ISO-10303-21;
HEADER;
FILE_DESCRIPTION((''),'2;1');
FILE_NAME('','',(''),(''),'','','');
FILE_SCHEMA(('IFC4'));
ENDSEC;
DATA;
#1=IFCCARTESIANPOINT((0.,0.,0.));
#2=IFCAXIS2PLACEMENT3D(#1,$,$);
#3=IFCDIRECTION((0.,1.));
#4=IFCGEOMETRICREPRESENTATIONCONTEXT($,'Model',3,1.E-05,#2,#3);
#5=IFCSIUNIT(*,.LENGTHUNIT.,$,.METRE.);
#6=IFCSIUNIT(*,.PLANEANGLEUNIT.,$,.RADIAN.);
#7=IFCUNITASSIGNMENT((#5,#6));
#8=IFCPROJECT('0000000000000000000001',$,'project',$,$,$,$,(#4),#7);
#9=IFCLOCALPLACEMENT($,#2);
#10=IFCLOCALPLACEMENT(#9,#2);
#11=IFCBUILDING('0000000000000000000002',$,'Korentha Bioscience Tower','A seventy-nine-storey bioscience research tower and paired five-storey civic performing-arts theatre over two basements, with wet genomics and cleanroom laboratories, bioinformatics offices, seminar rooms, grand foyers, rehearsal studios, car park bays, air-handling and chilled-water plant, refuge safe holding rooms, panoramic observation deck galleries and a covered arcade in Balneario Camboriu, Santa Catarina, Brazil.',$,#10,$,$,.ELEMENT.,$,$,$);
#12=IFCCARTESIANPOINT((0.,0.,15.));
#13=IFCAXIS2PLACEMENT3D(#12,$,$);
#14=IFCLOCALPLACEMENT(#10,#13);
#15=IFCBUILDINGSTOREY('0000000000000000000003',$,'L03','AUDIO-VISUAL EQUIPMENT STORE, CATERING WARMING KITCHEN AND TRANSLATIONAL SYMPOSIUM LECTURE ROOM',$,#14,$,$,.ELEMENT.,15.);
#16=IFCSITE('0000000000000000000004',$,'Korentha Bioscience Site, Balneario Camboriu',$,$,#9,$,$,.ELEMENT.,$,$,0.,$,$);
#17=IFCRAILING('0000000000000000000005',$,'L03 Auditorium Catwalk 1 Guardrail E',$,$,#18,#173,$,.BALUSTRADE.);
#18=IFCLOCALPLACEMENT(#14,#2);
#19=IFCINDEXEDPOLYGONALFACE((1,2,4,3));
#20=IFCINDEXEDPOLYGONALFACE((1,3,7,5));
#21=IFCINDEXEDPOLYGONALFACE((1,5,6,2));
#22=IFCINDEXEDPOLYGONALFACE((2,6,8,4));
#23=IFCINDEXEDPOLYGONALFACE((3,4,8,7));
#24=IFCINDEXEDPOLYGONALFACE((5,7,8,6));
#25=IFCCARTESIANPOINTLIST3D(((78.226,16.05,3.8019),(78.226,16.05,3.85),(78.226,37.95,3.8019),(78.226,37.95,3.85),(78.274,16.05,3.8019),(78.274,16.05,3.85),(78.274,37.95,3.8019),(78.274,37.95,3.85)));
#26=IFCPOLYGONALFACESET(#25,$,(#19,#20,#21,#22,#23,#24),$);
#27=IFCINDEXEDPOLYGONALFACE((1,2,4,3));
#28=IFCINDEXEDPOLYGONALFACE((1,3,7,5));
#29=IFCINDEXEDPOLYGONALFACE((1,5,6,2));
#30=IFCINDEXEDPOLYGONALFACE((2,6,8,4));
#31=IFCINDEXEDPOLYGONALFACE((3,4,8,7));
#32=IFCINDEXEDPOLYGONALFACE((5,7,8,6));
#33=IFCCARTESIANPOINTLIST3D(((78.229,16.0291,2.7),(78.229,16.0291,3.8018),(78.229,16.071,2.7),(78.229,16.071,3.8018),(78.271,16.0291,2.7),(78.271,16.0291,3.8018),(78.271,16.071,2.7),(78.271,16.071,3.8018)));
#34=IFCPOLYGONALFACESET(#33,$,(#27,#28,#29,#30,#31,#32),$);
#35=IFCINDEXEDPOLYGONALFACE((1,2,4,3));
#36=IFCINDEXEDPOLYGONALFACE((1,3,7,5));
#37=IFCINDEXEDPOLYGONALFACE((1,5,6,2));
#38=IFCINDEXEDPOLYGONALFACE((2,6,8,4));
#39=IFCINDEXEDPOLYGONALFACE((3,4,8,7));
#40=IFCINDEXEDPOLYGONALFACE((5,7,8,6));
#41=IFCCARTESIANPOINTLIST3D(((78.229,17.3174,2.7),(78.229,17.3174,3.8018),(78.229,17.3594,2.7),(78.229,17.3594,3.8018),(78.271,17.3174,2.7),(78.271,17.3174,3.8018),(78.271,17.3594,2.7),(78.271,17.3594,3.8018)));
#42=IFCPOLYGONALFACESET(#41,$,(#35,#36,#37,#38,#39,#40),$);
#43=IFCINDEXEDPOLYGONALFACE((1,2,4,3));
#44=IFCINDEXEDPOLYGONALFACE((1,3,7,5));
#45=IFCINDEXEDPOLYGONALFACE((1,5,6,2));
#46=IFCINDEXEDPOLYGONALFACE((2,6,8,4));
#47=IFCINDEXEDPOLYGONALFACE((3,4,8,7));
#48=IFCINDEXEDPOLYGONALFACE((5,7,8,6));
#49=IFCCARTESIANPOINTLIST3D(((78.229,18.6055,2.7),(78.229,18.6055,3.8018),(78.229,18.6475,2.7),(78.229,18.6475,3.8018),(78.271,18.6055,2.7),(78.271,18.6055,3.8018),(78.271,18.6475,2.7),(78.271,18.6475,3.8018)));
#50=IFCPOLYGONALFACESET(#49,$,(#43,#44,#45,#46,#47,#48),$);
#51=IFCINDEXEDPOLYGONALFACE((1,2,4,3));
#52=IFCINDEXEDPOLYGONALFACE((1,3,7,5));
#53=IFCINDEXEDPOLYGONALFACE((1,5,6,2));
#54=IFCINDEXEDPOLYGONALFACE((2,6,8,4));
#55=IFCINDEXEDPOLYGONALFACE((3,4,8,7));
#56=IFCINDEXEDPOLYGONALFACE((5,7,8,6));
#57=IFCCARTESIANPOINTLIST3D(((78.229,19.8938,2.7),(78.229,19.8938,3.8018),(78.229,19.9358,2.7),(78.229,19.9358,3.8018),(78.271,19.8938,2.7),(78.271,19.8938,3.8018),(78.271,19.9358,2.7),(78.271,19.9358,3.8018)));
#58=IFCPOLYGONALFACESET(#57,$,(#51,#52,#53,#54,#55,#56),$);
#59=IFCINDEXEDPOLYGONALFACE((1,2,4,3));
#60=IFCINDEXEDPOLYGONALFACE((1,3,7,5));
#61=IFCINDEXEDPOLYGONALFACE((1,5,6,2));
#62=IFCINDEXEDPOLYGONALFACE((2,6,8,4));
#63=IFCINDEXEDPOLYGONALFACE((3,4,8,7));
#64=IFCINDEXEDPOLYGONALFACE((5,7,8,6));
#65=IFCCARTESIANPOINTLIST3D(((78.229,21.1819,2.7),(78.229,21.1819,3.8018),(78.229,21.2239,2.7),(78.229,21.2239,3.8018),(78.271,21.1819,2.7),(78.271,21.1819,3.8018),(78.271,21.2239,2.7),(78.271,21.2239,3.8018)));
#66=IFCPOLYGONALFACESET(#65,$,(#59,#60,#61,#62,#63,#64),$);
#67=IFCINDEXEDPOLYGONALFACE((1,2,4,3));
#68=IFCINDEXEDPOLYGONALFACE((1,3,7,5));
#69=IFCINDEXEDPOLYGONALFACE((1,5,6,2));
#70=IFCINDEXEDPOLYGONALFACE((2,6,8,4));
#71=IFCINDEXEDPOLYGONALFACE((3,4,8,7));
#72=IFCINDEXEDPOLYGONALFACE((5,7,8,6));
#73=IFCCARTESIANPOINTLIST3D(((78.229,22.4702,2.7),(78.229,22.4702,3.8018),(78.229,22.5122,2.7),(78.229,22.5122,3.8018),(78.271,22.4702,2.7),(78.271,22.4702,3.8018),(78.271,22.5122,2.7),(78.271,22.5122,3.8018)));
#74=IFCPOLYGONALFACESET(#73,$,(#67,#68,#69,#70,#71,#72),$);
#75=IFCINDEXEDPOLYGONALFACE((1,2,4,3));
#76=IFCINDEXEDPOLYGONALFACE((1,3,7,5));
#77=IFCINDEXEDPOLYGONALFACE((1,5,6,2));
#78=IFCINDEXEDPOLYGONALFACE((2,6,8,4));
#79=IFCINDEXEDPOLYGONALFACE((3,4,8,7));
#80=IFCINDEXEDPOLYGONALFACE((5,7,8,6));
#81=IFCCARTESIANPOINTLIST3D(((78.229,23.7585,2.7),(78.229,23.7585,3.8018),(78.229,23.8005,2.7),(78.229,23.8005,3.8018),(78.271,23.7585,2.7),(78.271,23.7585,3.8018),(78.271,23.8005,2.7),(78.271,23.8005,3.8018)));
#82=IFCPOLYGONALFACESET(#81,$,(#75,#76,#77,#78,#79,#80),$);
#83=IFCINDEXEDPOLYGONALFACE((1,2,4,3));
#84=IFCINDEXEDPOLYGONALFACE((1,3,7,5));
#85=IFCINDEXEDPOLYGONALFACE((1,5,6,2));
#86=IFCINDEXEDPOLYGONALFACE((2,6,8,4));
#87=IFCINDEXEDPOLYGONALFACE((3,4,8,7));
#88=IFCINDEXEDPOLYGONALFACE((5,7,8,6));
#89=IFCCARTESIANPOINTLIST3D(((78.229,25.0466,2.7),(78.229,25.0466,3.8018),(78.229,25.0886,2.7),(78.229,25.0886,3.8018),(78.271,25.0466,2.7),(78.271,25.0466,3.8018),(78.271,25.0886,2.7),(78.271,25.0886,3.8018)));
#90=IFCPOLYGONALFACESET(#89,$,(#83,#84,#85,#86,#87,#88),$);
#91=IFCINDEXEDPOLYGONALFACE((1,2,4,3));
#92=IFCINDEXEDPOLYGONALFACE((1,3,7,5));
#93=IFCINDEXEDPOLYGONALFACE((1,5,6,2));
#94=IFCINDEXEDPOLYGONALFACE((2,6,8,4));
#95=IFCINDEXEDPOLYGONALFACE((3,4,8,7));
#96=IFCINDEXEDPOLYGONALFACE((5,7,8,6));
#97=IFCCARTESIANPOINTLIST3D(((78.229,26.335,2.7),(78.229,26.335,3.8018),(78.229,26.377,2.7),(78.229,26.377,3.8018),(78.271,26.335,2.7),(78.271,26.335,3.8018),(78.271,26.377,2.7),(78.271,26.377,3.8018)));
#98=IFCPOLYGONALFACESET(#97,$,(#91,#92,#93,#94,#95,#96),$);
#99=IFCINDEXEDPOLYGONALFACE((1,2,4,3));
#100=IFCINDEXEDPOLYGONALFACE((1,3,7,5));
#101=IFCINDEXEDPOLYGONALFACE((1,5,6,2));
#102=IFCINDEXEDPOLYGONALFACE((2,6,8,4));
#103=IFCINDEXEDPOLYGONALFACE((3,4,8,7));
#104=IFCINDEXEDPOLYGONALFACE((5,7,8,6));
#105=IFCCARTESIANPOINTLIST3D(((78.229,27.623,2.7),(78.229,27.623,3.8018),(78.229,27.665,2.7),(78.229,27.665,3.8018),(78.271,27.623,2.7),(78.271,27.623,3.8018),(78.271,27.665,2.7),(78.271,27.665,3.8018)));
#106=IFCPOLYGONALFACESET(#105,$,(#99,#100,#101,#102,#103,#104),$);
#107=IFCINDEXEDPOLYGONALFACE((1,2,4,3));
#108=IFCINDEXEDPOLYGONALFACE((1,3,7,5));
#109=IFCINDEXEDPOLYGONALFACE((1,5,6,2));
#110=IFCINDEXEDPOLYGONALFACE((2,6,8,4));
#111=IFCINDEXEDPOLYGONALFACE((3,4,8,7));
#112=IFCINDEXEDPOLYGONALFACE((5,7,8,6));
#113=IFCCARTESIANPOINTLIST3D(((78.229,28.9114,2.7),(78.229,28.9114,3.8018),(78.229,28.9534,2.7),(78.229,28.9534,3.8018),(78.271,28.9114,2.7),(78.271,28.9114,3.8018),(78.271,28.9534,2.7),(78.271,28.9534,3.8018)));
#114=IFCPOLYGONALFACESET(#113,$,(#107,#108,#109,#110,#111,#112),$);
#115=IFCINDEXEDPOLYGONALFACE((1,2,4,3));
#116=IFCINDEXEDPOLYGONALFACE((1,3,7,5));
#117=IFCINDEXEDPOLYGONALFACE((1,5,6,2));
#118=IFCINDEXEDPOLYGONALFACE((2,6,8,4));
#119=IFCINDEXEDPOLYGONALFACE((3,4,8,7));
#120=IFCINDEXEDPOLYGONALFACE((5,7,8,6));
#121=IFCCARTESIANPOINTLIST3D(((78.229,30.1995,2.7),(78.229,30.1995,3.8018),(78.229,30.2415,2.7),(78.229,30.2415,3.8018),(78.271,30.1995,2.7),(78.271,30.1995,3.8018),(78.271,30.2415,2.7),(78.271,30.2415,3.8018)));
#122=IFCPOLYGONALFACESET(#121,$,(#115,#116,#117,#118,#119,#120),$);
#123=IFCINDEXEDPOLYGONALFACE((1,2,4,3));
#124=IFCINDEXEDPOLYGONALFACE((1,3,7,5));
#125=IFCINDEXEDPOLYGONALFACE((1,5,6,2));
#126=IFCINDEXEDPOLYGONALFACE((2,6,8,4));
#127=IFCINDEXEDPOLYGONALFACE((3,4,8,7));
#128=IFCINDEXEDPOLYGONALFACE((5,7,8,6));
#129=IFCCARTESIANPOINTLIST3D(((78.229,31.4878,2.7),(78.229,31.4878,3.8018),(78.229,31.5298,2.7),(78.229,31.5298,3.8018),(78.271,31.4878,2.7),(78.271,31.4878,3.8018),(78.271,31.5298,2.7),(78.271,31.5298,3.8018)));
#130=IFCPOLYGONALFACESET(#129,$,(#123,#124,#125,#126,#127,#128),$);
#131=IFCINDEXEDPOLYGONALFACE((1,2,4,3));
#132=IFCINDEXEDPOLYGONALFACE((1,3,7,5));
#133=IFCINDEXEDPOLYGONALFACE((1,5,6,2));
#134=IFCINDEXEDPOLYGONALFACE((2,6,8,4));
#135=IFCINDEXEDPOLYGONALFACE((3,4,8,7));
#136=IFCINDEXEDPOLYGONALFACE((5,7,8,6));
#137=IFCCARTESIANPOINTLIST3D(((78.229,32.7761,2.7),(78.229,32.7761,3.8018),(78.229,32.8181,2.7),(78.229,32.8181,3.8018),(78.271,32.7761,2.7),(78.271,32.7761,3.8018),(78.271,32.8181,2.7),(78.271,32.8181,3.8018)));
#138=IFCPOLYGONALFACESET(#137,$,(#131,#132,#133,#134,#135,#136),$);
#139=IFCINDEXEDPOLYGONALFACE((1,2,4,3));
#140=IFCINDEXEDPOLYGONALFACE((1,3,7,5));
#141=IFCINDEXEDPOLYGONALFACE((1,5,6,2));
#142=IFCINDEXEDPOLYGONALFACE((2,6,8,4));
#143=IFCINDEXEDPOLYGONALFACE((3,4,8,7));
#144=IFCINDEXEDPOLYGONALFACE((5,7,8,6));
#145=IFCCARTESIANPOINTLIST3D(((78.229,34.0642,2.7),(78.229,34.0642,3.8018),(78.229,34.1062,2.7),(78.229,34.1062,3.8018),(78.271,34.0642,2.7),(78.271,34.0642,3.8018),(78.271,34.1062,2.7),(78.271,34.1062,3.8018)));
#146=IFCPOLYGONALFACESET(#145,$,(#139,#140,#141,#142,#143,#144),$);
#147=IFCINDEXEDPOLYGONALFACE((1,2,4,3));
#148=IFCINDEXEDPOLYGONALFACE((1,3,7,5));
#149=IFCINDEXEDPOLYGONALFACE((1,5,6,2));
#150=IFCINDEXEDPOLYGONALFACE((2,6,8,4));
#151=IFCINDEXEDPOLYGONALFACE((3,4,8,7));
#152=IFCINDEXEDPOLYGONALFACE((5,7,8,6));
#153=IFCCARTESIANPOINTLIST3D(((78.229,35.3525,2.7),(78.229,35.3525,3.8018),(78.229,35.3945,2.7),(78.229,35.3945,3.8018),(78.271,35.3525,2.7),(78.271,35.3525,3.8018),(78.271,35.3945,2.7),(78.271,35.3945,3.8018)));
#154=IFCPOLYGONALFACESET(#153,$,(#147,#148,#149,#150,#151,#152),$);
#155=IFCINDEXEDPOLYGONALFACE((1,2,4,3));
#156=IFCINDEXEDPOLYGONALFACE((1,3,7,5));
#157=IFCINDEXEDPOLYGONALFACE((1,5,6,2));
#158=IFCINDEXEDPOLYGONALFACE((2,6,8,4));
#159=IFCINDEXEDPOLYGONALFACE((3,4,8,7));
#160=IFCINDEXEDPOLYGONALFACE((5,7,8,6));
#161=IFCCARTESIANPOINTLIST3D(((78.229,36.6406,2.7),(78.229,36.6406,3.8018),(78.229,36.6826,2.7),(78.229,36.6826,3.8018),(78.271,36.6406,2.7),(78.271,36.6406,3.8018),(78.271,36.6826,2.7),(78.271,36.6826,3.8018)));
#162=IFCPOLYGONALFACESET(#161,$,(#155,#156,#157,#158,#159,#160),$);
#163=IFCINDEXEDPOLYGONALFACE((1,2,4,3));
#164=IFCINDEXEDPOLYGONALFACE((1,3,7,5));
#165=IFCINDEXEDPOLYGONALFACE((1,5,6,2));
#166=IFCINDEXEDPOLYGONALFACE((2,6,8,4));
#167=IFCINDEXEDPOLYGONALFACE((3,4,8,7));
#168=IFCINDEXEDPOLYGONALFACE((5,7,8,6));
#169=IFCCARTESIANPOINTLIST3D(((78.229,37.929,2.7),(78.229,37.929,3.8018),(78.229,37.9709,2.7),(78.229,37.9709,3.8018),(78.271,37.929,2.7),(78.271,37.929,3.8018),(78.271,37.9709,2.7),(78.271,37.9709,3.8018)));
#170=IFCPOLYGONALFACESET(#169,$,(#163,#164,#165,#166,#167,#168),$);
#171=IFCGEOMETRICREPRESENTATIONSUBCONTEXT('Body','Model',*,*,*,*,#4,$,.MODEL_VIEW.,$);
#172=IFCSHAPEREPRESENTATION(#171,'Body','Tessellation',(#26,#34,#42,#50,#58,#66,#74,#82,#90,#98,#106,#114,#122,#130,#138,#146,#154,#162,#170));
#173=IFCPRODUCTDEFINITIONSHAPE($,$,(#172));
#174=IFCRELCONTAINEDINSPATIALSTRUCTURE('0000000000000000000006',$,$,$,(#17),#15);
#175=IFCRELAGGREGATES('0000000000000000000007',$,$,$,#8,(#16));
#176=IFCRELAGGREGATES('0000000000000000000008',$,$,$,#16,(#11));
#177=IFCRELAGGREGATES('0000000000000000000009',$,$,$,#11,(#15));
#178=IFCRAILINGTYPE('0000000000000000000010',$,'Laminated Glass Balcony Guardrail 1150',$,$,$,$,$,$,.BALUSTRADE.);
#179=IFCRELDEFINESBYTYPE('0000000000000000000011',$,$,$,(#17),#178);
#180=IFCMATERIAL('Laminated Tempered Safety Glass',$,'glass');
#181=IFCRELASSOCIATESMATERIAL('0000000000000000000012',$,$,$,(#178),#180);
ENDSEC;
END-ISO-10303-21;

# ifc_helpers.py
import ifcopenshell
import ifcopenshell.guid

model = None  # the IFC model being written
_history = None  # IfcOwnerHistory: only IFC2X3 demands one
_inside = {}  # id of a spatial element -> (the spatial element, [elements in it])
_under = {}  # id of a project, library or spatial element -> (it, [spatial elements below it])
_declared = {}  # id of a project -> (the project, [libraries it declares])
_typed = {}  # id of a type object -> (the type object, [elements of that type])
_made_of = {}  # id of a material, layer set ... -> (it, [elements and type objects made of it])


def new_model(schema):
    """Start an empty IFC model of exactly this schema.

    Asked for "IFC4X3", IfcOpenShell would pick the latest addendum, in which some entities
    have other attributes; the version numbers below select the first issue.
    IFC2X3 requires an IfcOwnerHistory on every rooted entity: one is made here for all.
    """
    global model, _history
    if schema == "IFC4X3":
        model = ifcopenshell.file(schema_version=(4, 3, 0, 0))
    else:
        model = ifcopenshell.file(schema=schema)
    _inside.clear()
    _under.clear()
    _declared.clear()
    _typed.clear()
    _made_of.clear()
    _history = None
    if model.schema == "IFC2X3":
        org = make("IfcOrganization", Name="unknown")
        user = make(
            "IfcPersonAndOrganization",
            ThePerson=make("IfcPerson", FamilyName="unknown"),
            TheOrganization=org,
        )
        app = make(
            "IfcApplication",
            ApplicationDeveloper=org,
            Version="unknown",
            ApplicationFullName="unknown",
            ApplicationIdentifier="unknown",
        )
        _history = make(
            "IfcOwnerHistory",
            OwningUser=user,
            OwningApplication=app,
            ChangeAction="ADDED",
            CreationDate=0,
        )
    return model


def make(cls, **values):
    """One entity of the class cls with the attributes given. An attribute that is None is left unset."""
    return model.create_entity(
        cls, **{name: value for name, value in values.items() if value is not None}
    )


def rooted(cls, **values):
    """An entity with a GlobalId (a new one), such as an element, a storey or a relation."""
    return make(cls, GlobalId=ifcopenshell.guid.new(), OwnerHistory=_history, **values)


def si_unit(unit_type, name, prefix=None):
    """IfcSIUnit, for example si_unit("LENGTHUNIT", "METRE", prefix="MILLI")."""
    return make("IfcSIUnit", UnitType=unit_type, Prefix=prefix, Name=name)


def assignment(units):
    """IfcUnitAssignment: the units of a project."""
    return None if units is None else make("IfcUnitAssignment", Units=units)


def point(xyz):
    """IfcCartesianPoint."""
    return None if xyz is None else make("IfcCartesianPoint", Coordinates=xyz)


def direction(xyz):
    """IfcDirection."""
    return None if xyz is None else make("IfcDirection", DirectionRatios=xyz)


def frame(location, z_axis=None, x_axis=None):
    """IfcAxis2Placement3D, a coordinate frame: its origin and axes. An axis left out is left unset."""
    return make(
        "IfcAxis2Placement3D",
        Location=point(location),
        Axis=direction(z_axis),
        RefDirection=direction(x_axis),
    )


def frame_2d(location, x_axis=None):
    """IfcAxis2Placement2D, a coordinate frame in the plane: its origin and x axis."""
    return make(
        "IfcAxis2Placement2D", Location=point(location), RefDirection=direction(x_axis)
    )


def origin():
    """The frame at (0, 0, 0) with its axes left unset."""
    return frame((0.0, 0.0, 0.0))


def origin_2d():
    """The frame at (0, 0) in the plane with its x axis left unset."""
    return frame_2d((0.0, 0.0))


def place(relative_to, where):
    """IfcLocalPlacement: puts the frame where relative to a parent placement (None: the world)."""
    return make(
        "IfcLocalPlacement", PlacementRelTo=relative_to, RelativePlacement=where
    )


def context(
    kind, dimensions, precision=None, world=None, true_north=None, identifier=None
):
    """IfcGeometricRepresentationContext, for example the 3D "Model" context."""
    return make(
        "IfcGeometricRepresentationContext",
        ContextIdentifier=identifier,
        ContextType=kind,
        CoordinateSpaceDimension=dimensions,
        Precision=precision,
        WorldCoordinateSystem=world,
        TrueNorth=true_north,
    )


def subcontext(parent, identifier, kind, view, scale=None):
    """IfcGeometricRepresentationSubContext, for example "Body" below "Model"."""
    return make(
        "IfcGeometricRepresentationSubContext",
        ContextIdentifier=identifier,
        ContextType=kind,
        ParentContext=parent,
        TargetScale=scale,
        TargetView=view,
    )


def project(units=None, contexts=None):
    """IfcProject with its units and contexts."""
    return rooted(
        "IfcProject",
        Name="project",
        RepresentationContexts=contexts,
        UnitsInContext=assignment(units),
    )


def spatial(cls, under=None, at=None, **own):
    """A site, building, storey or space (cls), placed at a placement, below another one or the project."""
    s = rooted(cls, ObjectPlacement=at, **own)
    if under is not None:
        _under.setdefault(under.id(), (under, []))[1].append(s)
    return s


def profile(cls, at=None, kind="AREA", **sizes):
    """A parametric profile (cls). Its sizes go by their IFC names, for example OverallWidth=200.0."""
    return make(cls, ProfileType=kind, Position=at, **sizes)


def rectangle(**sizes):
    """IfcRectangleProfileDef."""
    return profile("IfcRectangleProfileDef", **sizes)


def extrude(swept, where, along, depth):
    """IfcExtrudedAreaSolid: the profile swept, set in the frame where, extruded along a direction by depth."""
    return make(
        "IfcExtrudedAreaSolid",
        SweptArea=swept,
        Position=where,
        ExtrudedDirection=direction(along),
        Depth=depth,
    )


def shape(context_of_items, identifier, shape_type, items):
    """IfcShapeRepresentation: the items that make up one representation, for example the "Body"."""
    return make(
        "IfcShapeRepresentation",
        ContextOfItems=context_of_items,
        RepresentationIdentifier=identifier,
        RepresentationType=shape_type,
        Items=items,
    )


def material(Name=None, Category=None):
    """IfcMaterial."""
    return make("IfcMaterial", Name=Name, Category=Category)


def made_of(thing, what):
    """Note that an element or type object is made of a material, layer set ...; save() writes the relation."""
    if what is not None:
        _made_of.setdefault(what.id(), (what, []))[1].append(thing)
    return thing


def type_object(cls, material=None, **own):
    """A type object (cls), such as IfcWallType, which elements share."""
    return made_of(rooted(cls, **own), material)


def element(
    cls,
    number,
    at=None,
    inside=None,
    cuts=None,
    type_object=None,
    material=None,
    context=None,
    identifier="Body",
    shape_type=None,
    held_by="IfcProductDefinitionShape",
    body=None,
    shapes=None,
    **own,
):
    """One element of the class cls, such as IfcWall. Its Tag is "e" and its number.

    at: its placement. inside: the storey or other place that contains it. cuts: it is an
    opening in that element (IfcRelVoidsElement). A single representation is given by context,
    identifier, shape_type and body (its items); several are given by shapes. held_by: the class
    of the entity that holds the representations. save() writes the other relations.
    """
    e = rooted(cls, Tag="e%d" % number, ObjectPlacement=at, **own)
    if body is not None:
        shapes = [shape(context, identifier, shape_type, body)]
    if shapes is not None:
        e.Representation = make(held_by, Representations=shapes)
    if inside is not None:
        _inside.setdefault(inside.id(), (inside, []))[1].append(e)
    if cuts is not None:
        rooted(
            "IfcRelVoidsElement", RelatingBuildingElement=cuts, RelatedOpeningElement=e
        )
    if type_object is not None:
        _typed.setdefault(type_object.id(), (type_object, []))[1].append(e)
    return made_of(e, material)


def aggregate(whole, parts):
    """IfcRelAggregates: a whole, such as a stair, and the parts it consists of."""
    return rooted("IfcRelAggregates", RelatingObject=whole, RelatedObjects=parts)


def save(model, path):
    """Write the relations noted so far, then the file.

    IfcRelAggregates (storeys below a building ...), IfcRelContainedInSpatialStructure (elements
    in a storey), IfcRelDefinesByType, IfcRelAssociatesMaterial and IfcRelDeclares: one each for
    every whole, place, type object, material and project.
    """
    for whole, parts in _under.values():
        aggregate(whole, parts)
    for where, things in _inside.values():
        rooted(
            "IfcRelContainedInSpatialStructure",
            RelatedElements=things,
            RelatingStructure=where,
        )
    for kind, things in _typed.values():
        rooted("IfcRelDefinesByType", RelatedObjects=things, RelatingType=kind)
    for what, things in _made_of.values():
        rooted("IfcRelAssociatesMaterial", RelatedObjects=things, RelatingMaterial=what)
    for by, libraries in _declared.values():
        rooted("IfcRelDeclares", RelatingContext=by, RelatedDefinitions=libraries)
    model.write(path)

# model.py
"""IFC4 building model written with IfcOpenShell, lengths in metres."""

from ifc_helpers import new_model, si_unit, direction, frame, origin, origin_2d, place, context, subcontext, project, spatial, rectangle, extrude, material, type_object, element, save


model = new_model("IFC4")

# Units and contexts
model_context = context("Model", 3, precision=1e-05, world=origin(), true_north=direction((0.0, 1.0)))
body_context = subcontext(model_context, "Body", "Model", "MODEL_VIEW")
ifc_project = project(units=[si_unit("LENGTHUNIT", "METRE"), si_unit("PLANEANGLEUNIT", "RADIAN")], contexts=[model_context])

# Site, building, storey
site_placement = place(None, origin())
site = spatial("IfcSite", under=ifc_project, at=site_placement, Name="Korentha Bioscience Site, Balneario Camboriu", CompositionType="ELEMENT", RefElevation=0.0)
building_placement = place(site_placement, origin())
building = spatial("IfcBuilding", under=site, at=building_placement, Name="Korentha Bioscience Tower", Description="A seventy-nine-storey bioscience research tower and paired five-storey civic performing-arts theatre over two basements, with wet genomics and cleanroom laboratories, bioinformatics offices, seminar rooms, grand foyers, rehearsal studios, car park bays, air-handling and chilled-water plant, refuge safe holding rooms, panoramic observation deck galleries and a covered arcade in Balneario Camboriu, Santa Catarina, Brazil.", CompositionType="ELEMENT")
storey_placement = place(building_placement, frame((0.0, 0.0, 15.0)))
storey = spatial("IfcBuildingStorey", under=building, at=storey_placement, Name="L03", Description="AUDIO-VISUAL EQUIPMENT STORE, CATERING WARMING KITCHEN AND TRANSLATIONAL SYMPOSIUM LECTURE ROOM", CompositionType="ELEMENT", Elevation=15.0)

# Railing
ifc_material_1 = material(Name="Laminated Tempered Safety Glass", Category="glass")
railing_type = type_object("IfcRailingType", Name="Laminated Glass Balcony Guardrail 1150", PredefinedType="BALUSTRADE", material=ifc_material_1)
railing_1_placement = place(storey_placement, frame((78.25, 16.05, 2.7)))
element("IfcRailing", 1, at=railing_1_placement, inside=storey, type_object=railing_type, Name="L03 Auditorium Catwalk 1 Guardrail E", PredefinedType="BALUSTRADE", context=body_context, shape_type="SweptSolid", body=[
    extrude(rectangle(XDim=0.0481, YDim=0.0481, at=origin_2d()), frame((0.0, 0.0, 1.126), z_axis=(0.0, 1.0, 0.0), x_axis=(-1.0, 0.0, 0.0)), (0.0, 0.0, 1.0), 21.8999),
    extrude(rectangle(XDim=0.042, YDim=0.042, at=origin_2d()), origin(), (0.0, 0.0, 1.0), 1.1018),
    extrude(rectangle(XDim=0.042, YDim=0.042, at=origin_2d()), frame((0.0, 1.2883, 0.0)), (0.0, 0.0, 1.0), 1.1018),
    extrude(rectangle(XDim=0.042, YDim=0.042, at=origin_2d()), frame((0.0, 2.5764, 0.0)), (0.0, 0.0, 1.0), 1.1018),
    extrude(rectangle(XDim=0.042, YDim=0.042, at=origin_2d()), frame((0.0, 3.8647, 0.0)), (0.0, 0.0, 1.0), 1.1018),
    extrude(rectangle(XDim=0.042, YDim=0.042, at=origin_2d()), frame((0.0, 5.1528, 0.0)), (0.0, 0.0, 1.0), 1.1018),
    extrude(rectangle(XDim=0.042, YDim=0.042, at=origin_2d()), frame((0.0, 6.4412, 0.0)), (0.0, 0.0, 1.0), 1.1018),
    extrude(rectangle(XDim=0.042, YDim=0.042, at=origin_2d()), frame((0.0, 7.7295, 0.0)), (0.0, 0.0, 1.0), 1.1018),
    extrude(rectangle(XDim=0.042, YDim=0.042, at=origin_2d()), frame((0.0, 9.0176, 0.0)), (0.0, 0.0, 1.0), 1.1018),
    extrude(rectangle(XDim=0.042, YDim=0.042, at=origin_2d()), frame((0.0, 10.3059, 0.0)), (0.0, 0.0, 1.0), 1.1018),
    extrude(rectangle(XDim=0.042, YDim=0.042, at=origin_2d()), frame((0.0, 11.594, 0.0)), (0.0, 0.0, 1.0), 1.1018),
    extrude(rectangle(XDim=0.042, YDim=0.042, at=origin_2d()), frame((0.0, 12.8823, 0.0)), (0.0, 0.0, 1.0), 1.1018),
    extrude(rectangle(XDim=0.042, YDim=0.042, at=origin_2d()), frame((0.0, 14.1704, 0.0)), (0.0, 0.0, 1.0), 1.1018),
    extrude(rectangle(XDim=0.042, YDim=0.042, at=origin_2d()), frame((0.0, 15.4587, 0.0)), (0.0, 0.0, 1.0), 1.1018),
    extrude(rectangle(XDim=0.042, YDim=0.042, at=origin_2d()), frame((0.0, 16.7471, 0.0)), (0.0, 0.0, 1.0), 1.1018),
    extrude(rectangle(XDim=0.042, YDim=0.042, at=origin_2d()), frame((0.0, 18.0352, 0.0)), (0.0, 0.0, 1.0), 1.1018),
    extrude(rectangle(XDim=0.042, YDim=0.042, at=origin_2d()), frame((0.0, 19.3235, 0.0)), (0.0, 0.0, 1.0), 1.1018),
    extrude(rectangle(XDim=0.042, YDim=0.042, at=origin_2d()), frame((0.0, 20.6116, 0.0)), (0.0, 0.0, 1.0), 1.1018),
    extrude(rectangle(XDim=0.042, YDim=0.042, at=origin_2d()), frame((0.0, 21.8999, 0.0)), (0.0, 0.0, 1.0), 1.1018),
])

save(model, "model.ifc")
